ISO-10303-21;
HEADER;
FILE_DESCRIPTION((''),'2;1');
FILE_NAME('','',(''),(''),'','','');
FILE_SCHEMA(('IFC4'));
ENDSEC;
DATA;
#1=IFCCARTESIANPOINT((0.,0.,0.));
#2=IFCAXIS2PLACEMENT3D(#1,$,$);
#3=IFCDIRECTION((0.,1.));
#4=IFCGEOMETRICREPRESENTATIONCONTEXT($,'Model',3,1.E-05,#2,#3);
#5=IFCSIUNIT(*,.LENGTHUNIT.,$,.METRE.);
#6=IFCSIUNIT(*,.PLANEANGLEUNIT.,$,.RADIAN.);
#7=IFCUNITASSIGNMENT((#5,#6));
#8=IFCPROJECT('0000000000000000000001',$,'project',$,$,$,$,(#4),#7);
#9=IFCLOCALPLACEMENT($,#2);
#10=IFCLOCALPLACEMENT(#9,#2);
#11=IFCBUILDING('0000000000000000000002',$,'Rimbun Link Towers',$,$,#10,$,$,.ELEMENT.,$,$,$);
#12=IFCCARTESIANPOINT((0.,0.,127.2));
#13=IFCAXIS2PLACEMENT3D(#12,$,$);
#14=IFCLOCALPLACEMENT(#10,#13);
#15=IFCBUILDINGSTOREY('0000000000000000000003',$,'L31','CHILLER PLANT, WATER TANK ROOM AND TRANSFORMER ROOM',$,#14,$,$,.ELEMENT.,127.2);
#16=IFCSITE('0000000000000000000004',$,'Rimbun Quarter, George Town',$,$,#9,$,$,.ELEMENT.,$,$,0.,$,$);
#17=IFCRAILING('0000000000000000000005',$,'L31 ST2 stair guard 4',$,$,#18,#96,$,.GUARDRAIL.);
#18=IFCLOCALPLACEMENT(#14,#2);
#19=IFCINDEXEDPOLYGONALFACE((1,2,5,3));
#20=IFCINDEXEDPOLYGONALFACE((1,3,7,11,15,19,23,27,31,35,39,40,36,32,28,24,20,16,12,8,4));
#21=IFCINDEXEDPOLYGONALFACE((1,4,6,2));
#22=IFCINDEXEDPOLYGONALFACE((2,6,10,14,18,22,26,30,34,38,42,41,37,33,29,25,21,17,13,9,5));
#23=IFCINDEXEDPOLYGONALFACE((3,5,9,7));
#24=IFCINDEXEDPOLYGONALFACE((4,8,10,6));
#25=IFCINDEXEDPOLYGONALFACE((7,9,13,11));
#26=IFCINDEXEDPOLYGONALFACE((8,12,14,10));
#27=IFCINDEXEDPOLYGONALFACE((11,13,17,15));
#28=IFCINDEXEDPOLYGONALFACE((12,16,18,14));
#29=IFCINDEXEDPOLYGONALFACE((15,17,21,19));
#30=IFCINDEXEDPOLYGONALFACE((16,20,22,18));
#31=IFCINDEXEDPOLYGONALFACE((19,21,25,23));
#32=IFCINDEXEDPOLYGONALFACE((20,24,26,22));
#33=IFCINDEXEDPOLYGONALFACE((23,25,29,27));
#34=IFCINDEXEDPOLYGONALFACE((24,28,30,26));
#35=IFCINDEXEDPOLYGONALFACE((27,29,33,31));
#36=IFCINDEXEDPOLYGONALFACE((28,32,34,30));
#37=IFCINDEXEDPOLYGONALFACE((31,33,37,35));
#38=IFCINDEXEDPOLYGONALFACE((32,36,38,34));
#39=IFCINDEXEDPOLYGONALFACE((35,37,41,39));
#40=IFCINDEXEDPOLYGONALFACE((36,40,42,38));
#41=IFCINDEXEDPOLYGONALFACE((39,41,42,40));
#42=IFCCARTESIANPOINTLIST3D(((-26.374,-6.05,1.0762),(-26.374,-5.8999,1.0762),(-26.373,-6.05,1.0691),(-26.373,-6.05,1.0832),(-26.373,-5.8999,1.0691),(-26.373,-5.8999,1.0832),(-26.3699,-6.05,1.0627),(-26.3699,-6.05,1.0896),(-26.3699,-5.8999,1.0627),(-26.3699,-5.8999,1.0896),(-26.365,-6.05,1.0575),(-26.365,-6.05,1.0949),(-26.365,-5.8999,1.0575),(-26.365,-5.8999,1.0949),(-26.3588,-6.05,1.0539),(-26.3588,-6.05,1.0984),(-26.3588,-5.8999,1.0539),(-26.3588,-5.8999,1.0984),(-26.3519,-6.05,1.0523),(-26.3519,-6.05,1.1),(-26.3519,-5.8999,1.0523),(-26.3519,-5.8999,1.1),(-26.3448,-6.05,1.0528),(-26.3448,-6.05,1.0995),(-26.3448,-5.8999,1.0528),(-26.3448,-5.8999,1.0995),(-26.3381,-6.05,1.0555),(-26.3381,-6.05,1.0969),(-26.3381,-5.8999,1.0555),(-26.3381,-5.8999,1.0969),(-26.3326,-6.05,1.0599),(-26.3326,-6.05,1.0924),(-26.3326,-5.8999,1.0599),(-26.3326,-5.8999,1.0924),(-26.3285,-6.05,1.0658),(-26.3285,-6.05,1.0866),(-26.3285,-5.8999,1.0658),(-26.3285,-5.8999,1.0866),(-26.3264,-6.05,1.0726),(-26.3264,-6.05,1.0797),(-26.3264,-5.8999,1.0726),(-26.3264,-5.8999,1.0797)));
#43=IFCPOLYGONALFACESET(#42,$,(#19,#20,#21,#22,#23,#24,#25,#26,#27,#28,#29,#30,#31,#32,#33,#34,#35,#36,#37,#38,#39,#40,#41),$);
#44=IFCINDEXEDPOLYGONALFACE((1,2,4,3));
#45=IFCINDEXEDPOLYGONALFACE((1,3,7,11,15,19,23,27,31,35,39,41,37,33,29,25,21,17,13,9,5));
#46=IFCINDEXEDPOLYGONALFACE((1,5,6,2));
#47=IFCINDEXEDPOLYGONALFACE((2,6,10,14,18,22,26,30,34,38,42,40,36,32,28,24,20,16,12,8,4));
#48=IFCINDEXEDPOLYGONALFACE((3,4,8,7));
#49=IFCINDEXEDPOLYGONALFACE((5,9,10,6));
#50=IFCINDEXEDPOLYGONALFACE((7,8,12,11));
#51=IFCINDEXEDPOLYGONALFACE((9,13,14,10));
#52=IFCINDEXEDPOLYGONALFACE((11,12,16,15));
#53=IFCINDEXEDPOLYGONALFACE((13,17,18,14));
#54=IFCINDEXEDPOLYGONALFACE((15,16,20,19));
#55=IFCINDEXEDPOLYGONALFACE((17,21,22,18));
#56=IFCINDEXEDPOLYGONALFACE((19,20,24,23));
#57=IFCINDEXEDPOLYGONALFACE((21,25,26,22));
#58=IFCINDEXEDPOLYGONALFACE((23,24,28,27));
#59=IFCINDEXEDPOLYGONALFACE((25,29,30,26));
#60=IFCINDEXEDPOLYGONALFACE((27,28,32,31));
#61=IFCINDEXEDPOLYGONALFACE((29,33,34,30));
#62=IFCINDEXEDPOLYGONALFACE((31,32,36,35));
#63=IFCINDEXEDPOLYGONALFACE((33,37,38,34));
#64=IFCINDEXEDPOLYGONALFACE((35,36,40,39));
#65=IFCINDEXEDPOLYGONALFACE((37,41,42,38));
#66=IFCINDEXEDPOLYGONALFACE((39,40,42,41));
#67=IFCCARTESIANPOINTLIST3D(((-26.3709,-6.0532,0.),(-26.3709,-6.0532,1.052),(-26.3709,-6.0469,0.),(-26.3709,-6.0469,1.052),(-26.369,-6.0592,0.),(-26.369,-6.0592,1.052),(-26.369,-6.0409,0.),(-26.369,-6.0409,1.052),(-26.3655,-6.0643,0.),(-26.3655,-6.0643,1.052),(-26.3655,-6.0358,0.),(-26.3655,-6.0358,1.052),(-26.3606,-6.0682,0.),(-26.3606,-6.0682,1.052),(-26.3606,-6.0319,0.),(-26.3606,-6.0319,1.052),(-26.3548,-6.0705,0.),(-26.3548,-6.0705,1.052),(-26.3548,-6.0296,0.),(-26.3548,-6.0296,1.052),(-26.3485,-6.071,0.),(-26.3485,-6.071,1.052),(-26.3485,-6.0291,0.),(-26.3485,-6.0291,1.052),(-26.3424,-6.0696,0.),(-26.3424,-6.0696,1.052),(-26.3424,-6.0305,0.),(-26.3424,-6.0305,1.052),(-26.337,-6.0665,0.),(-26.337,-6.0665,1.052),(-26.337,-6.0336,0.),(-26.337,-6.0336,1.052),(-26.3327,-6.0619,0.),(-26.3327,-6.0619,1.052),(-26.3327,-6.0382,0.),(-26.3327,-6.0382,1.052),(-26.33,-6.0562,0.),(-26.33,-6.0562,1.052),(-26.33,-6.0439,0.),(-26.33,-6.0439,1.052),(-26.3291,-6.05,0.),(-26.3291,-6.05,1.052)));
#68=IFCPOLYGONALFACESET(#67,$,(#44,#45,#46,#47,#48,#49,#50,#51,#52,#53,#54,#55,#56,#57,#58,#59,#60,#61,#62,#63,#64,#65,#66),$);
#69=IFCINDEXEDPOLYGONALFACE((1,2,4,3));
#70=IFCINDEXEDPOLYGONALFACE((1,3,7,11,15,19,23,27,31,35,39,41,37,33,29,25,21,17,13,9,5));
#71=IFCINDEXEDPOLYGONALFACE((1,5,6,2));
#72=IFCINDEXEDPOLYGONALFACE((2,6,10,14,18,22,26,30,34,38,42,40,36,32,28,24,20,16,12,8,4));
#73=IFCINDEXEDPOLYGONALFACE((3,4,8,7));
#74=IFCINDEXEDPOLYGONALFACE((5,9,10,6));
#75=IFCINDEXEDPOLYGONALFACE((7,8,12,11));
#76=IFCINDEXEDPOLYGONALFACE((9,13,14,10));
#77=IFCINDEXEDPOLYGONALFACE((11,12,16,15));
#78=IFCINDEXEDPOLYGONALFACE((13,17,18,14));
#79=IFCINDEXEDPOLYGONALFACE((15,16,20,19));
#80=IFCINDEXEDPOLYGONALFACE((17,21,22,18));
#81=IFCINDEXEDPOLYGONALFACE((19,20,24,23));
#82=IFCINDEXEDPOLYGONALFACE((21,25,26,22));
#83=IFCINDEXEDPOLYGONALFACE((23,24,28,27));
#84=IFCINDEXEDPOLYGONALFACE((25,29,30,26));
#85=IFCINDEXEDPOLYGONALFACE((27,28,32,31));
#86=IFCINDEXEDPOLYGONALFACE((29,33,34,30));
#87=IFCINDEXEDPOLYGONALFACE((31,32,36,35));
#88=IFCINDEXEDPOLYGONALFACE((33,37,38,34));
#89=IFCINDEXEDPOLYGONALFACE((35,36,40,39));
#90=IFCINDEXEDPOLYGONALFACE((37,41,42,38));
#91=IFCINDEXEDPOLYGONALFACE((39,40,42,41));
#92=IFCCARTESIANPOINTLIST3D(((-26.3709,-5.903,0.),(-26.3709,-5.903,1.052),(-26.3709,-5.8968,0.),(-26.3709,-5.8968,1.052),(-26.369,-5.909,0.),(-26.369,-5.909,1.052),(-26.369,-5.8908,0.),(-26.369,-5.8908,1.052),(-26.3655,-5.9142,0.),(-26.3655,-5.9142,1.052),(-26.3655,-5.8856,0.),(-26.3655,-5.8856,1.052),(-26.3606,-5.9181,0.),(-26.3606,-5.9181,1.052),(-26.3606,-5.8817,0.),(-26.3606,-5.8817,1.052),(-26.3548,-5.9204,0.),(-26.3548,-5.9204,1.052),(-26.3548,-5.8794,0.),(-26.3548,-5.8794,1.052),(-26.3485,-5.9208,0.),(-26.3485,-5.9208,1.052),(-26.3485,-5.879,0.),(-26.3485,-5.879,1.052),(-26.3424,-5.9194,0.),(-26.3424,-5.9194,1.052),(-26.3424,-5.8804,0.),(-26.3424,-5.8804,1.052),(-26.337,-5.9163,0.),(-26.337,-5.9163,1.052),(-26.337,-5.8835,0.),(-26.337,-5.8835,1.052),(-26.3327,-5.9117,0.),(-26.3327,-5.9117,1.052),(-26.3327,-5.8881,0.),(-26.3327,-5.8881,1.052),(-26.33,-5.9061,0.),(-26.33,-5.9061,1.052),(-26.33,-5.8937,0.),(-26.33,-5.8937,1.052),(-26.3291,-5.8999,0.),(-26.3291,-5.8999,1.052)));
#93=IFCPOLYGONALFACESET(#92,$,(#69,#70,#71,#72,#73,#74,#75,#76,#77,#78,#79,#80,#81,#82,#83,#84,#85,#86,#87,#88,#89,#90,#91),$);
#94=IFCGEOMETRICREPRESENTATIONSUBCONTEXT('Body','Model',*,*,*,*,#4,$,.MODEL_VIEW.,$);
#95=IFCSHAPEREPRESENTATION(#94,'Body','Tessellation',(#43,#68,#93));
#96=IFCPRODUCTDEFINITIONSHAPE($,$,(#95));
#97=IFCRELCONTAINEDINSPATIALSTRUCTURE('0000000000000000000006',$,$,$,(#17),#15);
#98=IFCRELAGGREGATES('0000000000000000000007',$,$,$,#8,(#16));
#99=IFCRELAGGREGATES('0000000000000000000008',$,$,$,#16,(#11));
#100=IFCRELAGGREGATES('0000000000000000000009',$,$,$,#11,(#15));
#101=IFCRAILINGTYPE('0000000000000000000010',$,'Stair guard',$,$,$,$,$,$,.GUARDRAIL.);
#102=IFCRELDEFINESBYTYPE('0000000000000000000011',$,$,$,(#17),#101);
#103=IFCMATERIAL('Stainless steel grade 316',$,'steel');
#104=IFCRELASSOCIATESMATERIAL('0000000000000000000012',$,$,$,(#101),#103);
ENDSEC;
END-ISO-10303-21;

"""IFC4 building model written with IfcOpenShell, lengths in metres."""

from ifc_helpers import new_model, si_unit, direction, frame, origin, origin_2d, place, context, subcontext, project, spatial, circle, extrude, material, type_object, element, save


model = new_model("IFC4")

# Units and contexts
model_context = context("Model", 3, precision=1e-05, world=origin(), true_north=direction((0.0, 1.0)))
body_context = subcontext(model_context, "Body", "Model", "MODEL_VIEW")
ifc_project = project(units=[si_unit("LENGTHUNIT", "METRE"), si_unit("PLANEANGLEUNIT", "RADIAN")], contexts=[model_context])

# Site, building, storey
site_placement = place(None, origin())
site = spatial("IfcSite", under=ifc_project, at=site_placement, Name="Rimbun Quarter, George Town", CompositionType="ELEMENT", RefElevation=0.0)
building_placement = place(site_placement, origin())
building = spatial("IfcBuilding", under=site, at=building_placement, Name="Rimbun Link Towers", CompositionType="ELEMENT")
storey_placement = place(building_placement, frame((0.0, 0.0, 127.2)))
storey = spatial("IfcBuildingStorey", under=building, at=storey_placement, Name="L31", Description="CHILLER PLANT, WATER TANK ROOM AND TRANSFORMER ROOM", CompositionType="ELEMENT", Elevation=127.2)

# Railing
ifc_material_1 = material(Name="Stainless steel grade 316", Category="steel")
railing_type_1 = type_object("IfcRailingType", Name="Stair guard", PredefinedType="GUARDRAIL", material=ifc_material_1)
railing_1_placement = place(storey_placement, frame((-26.3501, -6.05, 0.0)))
element("IfcRailing", 1, at=railing_1_placement, inside=storey, type_object=railing_type_1, Name="L31 ST2 stair guard 4", PredefinedType="GUARDRAIL", context=body_context, shape_type="SweptSolid", body=[
    extrude(circle(Radius=0.0239, at=origin_2d()), frame((0.0, 0.0, 1.0762), z_axis=(0.0, 1.0, 0.0), x_axis=(-1.0, 0.0, 0.0)), (0.0, 0.0, 1.0), 0.1501),
    extrude(circle(Radius=0.021, at=origin_2d()), origin(), (0.0, 0.0, 1.0), 1.052),
    extrude(circle(Radius=0.021, at=origin_2d()), frame((0.0, 0.1501, 0.0)), (0.0, 0.0, 1.0), 1.052),
])

save(model, "model.ifc")
